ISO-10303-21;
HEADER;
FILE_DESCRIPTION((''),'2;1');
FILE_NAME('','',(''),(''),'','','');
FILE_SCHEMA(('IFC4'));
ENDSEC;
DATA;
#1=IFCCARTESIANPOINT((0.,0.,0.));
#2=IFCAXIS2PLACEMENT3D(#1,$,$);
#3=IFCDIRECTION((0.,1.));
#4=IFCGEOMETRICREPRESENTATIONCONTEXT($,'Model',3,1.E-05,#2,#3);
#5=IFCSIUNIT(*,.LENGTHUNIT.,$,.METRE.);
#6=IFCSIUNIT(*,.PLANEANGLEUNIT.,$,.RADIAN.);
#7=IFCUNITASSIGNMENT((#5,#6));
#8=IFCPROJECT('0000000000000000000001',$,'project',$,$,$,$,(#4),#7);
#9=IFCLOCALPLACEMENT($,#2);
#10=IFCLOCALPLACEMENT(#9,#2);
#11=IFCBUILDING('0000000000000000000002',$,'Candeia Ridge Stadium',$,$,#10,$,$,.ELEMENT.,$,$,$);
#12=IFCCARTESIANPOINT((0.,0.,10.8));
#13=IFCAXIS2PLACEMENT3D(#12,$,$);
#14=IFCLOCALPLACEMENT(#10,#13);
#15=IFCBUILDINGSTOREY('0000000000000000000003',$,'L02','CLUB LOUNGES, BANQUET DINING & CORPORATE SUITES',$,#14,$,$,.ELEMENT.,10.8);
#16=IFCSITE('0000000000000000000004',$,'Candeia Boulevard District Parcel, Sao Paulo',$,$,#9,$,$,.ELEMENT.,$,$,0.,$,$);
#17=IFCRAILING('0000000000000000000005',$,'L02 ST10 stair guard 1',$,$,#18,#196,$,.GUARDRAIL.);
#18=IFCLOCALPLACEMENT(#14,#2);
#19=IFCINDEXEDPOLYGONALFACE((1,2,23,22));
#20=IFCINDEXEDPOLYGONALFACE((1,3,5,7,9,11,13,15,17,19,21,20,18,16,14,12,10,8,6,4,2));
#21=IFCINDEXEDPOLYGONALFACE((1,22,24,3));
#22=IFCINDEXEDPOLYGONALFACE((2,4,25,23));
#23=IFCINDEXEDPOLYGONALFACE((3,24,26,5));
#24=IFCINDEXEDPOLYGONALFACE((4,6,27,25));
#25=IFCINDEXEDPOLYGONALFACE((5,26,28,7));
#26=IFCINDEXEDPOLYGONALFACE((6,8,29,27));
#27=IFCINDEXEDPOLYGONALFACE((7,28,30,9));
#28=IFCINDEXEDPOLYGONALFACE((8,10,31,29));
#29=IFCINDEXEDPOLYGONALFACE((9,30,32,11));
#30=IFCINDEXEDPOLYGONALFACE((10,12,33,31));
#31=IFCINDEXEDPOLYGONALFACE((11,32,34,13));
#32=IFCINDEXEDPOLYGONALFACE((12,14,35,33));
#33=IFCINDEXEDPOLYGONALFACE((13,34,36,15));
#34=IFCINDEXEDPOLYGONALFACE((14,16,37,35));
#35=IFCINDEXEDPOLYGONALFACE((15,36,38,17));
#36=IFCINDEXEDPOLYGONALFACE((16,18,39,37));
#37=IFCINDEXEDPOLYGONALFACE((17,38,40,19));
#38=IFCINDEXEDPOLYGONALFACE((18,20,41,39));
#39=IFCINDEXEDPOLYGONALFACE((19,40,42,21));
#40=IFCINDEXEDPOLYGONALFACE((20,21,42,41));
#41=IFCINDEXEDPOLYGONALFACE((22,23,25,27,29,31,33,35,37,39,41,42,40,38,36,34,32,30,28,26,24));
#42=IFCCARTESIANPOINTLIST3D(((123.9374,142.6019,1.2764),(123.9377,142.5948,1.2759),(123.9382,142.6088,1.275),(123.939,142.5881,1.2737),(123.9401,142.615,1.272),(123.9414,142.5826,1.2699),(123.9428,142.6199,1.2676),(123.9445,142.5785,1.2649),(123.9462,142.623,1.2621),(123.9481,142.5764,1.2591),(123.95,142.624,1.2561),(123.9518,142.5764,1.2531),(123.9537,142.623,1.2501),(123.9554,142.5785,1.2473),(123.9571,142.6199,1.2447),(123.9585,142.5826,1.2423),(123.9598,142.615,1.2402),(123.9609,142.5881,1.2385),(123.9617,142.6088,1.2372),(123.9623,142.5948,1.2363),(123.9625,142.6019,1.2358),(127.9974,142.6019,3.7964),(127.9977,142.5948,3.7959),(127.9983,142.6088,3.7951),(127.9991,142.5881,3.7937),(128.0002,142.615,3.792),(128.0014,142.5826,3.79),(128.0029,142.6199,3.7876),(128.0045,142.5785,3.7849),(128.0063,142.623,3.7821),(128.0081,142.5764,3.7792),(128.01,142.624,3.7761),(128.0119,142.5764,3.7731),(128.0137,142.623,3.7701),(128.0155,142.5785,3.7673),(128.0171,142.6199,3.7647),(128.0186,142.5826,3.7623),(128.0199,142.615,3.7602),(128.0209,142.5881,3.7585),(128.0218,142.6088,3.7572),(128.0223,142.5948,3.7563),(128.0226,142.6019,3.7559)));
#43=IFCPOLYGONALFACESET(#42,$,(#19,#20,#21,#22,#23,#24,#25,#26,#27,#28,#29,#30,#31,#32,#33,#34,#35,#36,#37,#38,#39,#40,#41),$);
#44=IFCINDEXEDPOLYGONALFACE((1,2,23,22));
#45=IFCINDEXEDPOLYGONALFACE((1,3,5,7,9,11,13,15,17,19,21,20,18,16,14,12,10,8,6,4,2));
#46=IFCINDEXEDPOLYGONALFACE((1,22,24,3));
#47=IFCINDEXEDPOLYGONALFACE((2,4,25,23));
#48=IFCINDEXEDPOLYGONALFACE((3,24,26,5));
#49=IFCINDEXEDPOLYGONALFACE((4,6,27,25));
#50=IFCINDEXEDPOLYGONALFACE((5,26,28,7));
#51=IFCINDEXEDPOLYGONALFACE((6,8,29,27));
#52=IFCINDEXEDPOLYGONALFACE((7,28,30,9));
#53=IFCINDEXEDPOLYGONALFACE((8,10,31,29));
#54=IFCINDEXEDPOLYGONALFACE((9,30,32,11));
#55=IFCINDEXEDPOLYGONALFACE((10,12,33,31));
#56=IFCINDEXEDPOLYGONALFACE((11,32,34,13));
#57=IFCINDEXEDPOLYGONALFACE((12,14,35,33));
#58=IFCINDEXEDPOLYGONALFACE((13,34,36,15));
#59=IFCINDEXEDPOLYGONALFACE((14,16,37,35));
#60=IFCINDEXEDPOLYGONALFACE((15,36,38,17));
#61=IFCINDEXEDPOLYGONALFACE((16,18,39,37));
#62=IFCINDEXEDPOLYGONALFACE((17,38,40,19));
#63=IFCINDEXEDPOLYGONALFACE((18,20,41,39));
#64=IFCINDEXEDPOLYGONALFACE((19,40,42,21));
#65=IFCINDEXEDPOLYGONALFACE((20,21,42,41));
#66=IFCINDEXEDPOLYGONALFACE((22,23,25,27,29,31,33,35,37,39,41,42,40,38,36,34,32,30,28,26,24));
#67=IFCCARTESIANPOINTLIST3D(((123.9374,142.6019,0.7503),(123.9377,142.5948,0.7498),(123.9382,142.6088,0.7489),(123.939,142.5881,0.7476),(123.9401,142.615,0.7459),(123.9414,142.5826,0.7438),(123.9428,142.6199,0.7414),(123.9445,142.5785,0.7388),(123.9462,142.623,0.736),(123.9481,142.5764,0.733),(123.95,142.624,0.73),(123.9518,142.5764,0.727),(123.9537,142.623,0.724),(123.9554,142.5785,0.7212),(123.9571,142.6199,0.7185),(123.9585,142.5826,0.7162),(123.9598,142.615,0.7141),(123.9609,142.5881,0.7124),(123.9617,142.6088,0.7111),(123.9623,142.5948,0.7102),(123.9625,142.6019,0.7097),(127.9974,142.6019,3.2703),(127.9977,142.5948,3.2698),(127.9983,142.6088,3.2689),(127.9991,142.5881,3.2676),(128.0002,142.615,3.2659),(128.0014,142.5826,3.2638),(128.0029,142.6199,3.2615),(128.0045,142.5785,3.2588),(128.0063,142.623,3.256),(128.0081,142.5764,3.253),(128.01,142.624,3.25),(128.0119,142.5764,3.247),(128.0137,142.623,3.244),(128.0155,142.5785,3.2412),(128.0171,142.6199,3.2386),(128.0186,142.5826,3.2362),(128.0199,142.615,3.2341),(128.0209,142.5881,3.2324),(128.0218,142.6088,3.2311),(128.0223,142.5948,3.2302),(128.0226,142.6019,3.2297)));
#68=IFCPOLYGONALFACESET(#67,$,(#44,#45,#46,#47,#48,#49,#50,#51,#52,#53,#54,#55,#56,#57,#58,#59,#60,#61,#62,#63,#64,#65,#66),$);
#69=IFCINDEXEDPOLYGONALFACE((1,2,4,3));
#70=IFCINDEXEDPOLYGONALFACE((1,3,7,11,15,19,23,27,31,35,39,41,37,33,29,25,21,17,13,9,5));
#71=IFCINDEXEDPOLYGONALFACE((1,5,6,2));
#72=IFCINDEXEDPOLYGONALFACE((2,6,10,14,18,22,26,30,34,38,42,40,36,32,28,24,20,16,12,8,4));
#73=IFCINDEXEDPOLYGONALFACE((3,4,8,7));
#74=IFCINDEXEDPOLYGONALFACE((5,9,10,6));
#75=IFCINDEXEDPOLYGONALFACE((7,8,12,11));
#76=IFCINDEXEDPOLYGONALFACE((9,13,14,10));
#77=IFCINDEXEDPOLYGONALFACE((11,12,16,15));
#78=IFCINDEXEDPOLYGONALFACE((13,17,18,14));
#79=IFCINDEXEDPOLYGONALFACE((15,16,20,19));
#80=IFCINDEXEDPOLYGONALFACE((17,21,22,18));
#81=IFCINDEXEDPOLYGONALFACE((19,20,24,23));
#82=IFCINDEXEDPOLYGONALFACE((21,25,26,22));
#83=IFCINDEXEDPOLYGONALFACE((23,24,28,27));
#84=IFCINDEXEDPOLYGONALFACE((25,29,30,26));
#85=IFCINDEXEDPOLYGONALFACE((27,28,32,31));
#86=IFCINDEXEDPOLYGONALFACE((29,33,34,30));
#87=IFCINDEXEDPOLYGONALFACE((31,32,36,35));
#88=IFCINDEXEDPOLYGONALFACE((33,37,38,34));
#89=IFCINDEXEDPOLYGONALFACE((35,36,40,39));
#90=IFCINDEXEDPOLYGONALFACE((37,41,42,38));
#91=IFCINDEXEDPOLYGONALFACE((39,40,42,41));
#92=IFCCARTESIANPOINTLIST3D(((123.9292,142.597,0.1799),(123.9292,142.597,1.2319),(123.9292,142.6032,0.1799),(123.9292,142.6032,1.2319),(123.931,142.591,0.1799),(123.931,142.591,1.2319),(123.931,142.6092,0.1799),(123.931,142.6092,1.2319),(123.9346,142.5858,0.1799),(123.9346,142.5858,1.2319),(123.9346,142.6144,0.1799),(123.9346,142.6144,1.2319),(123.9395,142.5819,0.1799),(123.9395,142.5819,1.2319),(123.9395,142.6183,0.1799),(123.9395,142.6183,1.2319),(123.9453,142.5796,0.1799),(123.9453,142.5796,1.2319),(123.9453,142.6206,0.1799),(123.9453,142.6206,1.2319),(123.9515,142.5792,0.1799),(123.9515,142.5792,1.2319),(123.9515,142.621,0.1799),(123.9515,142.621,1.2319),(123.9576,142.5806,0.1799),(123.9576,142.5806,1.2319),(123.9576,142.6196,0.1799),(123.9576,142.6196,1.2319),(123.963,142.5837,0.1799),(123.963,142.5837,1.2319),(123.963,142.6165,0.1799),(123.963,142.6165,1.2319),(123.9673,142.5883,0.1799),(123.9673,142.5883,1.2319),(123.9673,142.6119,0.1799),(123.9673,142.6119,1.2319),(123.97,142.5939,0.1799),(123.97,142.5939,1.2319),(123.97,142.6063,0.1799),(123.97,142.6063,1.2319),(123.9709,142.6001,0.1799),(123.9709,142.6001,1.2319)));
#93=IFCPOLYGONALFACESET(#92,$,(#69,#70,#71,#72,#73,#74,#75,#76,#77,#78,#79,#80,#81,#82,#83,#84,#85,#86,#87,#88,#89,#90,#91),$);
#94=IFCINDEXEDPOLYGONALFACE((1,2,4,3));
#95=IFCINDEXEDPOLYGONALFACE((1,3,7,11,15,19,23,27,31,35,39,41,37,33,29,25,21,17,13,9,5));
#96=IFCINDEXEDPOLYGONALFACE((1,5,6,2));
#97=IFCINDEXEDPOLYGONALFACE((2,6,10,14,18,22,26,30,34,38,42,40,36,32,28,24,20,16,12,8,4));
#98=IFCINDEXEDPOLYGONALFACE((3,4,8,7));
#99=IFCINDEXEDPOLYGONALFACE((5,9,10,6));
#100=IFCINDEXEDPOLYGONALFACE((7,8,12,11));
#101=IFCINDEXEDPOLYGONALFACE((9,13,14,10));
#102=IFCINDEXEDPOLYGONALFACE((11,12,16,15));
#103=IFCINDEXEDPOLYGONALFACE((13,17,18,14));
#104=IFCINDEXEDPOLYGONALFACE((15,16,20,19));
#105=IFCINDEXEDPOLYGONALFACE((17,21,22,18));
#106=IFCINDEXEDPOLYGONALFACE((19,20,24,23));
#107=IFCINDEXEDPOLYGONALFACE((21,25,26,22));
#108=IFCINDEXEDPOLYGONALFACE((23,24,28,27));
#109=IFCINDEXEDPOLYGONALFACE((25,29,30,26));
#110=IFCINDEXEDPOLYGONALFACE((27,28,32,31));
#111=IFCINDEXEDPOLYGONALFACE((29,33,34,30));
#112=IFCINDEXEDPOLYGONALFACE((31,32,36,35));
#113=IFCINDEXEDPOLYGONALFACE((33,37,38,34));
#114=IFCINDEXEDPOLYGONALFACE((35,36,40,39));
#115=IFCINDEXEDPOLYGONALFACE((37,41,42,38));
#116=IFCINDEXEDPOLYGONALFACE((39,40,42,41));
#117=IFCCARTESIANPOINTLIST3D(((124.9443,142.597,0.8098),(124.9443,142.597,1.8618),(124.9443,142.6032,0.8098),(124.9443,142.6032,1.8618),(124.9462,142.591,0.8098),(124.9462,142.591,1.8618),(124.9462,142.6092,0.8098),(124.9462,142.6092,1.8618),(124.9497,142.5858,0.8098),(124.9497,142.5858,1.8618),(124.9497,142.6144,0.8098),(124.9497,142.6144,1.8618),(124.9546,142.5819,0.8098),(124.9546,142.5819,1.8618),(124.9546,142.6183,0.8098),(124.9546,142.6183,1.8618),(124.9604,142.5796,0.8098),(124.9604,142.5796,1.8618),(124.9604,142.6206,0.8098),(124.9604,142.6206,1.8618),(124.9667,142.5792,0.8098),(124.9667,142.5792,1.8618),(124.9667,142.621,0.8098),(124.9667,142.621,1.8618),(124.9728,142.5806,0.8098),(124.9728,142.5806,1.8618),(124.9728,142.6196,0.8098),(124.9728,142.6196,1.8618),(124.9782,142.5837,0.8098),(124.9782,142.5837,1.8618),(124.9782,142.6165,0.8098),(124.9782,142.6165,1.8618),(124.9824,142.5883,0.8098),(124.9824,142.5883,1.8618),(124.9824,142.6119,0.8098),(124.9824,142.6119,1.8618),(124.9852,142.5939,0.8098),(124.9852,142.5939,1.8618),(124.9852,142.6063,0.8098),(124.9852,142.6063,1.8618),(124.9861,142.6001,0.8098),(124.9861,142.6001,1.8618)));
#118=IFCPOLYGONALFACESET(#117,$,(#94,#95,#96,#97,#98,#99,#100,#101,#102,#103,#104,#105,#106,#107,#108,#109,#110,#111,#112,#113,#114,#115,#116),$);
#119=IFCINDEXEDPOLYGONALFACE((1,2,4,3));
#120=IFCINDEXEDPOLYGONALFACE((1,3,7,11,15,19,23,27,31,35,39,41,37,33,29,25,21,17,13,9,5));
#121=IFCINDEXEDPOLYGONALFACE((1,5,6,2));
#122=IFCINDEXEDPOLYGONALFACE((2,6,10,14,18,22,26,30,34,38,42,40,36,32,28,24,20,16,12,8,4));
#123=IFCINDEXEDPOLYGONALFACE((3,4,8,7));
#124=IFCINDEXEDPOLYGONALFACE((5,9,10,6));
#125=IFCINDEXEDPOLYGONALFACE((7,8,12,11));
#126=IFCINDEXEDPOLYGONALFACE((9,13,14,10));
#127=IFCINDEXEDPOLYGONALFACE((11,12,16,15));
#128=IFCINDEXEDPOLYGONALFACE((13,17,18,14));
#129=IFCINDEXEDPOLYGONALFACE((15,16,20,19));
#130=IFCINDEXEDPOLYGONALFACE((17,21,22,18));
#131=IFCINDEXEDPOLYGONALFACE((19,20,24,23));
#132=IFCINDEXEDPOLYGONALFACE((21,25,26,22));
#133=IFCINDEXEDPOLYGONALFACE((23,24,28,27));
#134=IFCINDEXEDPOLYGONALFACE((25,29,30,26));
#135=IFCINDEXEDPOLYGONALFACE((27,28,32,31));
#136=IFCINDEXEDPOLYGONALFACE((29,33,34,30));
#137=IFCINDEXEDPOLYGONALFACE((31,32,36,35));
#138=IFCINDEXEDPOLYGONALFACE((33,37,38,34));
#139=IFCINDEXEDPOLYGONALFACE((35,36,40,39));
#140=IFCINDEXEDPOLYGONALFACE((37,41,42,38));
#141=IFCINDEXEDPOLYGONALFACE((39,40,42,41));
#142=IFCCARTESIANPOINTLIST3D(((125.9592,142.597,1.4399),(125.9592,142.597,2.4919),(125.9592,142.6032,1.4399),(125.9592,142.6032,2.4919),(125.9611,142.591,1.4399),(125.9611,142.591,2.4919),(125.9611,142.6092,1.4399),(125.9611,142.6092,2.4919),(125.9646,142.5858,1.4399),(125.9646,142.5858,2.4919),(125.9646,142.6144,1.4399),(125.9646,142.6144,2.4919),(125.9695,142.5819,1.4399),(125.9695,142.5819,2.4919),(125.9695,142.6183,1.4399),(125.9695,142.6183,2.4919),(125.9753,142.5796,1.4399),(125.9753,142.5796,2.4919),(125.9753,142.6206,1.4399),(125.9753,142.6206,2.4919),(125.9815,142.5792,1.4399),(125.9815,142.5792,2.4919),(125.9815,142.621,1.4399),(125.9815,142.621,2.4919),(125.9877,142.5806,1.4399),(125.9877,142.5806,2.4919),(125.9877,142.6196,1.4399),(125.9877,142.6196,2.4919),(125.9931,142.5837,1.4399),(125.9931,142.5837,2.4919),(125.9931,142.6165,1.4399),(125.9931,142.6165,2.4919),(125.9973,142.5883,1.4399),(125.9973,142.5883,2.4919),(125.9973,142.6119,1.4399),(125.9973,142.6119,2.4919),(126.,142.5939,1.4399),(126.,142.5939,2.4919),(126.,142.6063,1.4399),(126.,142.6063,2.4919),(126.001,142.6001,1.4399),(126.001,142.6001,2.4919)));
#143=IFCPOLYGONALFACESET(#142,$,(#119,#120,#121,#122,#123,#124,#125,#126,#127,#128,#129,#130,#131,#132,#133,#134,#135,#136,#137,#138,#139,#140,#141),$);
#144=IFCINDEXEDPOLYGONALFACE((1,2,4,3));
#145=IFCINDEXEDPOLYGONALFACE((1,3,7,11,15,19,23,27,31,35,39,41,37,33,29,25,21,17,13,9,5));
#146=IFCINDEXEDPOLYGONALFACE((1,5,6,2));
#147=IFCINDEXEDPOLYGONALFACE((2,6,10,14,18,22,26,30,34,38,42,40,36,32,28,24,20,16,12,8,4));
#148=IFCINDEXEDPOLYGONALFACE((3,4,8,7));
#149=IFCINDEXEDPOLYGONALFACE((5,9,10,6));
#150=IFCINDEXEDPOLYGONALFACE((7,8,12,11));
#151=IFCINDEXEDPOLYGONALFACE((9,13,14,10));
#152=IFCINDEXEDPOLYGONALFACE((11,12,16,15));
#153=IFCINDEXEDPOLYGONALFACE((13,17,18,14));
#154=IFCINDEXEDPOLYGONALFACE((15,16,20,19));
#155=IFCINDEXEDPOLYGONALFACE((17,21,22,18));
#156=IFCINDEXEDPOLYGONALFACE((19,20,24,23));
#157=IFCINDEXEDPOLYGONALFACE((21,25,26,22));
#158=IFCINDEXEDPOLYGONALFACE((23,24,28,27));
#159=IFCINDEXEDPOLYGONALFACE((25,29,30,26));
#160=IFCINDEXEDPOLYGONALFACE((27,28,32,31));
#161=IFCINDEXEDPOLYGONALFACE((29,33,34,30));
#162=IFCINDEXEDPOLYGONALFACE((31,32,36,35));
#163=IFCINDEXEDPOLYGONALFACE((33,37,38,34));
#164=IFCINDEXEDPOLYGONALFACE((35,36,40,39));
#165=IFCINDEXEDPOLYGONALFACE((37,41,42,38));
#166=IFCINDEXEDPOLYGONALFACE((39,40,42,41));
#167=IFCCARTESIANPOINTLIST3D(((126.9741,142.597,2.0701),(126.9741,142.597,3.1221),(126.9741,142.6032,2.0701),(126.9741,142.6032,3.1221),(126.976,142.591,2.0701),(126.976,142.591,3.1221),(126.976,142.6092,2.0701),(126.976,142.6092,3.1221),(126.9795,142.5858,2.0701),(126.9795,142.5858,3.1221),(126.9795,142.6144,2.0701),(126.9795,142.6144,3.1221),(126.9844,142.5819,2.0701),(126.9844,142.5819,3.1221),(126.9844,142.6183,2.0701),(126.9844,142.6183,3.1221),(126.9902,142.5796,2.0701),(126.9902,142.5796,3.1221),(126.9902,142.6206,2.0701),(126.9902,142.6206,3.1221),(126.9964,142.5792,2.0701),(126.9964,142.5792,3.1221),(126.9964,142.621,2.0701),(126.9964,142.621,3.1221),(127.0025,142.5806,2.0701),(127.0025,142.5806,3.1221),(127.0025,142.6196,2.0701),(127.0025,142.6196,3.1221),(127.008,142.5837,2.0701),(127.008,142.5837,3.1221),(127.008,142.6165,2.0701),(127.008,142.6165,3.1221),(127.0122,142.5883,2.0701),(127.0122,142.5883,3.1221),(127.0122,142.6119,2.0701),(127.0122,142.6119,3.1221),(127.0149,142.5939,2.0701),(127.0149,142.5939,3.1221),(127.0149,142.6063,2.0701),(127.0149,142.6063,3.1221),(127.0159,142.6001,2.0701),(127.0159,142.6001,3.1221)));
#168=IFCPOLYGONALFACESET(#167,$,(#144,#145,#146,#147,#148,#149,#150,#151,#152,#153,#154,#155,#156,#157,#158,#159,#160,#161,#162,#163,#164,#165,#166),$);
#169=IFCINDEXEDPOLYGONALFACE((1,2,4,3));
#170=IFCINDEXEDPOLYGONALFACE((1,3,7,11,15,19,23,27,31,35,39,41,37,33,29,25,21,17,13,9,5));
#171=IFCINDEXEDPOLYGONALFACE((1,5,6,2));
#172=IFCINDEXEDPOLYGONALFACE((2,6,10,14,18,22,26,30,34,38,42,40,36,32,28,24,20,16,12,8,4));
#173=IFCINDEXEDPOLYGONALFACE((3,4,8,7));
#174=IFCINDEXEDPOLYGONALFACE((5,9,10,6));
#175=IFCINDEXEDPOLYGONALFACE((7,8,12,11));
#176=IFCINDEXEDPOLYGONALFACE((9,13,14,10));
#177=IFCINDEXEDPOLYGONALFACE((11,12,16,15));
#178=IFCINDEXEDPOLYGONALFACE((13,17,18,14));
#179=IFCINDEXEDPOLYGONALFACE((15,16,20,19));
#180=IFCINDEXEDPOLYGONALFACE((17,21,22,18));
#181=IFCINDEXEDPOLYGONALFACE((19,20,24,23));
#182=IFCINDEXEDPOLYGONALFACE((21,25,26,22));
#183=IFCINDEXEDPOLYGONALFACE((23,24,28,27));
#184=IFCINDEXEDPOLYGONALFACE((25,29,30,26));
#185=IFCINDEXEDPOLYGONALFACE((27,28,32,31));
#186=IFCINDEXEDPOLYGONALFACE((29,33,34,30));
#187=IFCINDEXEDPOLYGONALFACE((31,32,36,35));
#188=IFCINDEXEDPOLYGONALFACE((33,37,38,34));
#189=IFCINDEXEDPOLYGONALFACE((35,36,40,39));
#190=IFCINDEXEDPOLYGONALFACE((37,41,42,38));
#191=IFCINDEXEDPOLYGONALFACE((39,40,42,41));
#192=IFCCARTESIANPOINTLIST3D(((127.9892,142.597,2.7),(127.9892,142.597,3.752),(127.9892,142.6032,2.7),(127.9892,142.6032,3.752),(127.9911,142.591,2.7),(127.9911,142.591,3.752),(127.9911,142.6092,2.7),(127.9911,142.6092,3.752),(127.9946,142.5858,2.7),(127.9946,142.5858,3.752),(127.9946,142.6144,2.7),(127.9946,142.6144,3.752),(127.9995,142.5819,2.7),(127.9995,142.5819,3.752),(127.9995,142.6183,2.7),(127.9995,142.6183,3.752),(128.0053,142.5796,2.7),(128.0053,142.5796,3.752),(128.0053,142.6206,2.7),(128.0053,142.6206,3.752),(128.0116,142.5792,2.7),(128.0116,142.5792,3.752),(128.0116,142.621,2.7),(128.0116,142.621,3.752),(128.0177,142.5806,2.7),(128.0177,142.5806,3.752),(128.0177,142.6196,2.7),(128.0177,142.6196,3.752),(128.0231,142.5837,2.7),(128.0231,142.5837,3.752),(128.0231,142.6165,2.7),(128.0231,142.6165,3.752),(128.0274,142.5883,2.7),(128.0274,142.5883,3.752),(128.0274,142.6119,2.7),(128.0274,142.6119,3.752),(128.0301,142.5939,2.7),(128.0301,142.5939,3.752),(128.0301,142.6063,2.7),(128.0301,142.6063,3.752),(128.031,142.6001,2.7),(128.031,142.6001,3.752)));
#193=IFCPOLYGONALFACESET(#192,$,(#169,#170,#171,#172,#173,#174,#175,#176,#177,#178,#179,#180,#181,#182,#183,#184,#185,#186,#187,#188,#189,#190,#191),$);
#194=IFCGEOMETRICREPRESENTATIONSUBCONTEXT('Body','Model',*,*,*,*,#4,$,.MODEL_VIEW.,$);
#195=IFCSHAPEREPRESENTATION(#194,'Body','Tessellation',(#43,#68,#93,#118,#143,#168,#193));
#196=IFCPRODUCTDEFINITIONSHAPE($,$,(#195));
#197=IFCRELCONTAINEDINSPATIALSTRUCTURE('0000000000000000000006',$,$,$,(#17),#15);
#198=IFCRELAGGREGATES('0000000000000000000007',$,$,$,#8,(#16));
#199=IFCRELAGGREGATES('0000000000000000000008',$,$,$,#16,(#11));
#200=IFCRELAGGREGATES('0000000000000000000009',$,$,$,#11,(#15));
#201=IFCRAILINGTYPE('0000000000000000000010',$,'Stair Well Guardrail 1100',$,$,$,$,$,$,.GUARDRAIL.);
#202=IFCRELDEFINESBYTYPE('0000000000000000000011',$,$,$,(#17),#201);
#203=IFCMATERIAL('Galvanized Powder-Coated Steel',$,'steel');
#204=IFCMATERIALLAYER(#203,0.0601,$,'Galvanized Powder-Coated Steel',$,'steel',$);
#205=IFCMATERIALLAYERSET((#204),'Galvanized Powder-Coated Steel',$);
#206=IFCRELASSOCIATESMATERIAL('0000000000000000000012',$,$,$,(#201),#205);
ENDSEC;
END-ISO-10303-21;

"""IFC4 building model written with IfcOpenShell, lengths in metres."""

from ifc_helpers import new_model, si_unit, direction, frame, origin, origin_2d, place, context, subcontext, project, spatial, circle, extrude, material, layer, layer_set, type_object, element, save


model = new_model("IFC4")

# Units and contexts
model_context = context("Model", 3, precision=1e-05, world=origin(), true_north=direction((0.0, 1.0)))
body_context = subcontext(model_context, "Body", "Model", "MODEL_VIEW")
ifc_project = project(units=[si_unit("LENGTHUNIT", "METRE"), si_unit("PLANEANGLEUNIT", "RADIAN")], contexts=[model_context])

# Site, building, storey
site_placement = place(None, origin())
site = spatial("IfcSite", under=ifc_project, at=site_placement, Name="Candeia Boulevard District Parcel, Sao Paulo", CompositionType="ELEMENT", RefElevation=0.0)
building_placement = place(site_placement, origin())
building = spatial("IfcBuilding", under=site, at=building_placement, Name="Candeia Ridge Stadium", CompositionType="ELEMENT")
storey_placement = place(building_placement, frame((0.0, 0.0, 10.8)))
storey = spatial("IfcBuildingStorey", under=building, at=storey_placement, Name="L02", Description="CLUB LOUNGES, BANQUET DINING & CORPORATE SUITES", CompositionType="ELEMENT", Elevation=10.8)

# Railing
ifc_material_1 = material(Name="Galvanized Powder-Coated Steel", Category="steel")
ifc_layer_1 = layer(ifc_material_1, 0.0601, Name="Galvanized Powder-Coated Steel", Category="steel")
ifc_layer_set_1 = layer_set([ifc_layer_1], Name="Galvanized Powder-Coated Steel")
railing_type_1 = type_object("IfcRailingType", Name="Stair Well Guardrail 1100", PredefinedType="GUARDRAIL", material=ifc_layer_set_1)
railing_1_placement = place(storey_placement, frame((123.95, 142.6001, 0.1799)))
element("IfcRailing", 1, at=railing_1_placement, inside=storey, type_object=railing_type_1, Name="L02 ST10 stair guard 1", PredefinedType="GUARDRAIL", context=body_context, shape_type="SweptSolid", body=[
    extrude(circle(Radius=0.0239, at=origin_2d()), frame((0.0, 0.0, 1.0762), z_axis=(0.849642, 0.0, 0.52736), x_axis=(0.0, 1.0, 0.0)), (0.0, 0.0, 1.0), 4.7786),
    extrude(circle(Radius=0.0239, at=origin_2d()), frame((0.0, 0.0, 0.55), z_axis=(0.849642, 0.0, 0.52736), x_axis=(0.0, 1.0, 0.0)), (0.0, 0.0, 1.0), 4.7786),
    extrude(circle(Radius=0.021, at=origin_2d()), origin(), (0.0, 0.0, 1.0), 1.052),
    extrude(circle(Radius=0.021, at=origin_2d()), frame((1.0151, 0.0, 0.6299)), (0.0, 0.0, 1.0), 1.052),
    extrude(circle(Radius=0.021, at=origin_2d()), frame((2.03, 0.0, 1.26)), (0.0, 0.0, 1.0), 1.052),
    extrude(circle(Radius=0.021, at=origin_2d()), frame((3.0449, 0.0, 1.8901)), (0.0, 0.0, 1.0), 1.052),
    extrude(circle(Radius=0.021, at=origin_2d()), frame((4.0601, 0.0, 2.52)), (0.0, 0.0, 1.0), 1.052),
])

save(model, "model.ifc")
